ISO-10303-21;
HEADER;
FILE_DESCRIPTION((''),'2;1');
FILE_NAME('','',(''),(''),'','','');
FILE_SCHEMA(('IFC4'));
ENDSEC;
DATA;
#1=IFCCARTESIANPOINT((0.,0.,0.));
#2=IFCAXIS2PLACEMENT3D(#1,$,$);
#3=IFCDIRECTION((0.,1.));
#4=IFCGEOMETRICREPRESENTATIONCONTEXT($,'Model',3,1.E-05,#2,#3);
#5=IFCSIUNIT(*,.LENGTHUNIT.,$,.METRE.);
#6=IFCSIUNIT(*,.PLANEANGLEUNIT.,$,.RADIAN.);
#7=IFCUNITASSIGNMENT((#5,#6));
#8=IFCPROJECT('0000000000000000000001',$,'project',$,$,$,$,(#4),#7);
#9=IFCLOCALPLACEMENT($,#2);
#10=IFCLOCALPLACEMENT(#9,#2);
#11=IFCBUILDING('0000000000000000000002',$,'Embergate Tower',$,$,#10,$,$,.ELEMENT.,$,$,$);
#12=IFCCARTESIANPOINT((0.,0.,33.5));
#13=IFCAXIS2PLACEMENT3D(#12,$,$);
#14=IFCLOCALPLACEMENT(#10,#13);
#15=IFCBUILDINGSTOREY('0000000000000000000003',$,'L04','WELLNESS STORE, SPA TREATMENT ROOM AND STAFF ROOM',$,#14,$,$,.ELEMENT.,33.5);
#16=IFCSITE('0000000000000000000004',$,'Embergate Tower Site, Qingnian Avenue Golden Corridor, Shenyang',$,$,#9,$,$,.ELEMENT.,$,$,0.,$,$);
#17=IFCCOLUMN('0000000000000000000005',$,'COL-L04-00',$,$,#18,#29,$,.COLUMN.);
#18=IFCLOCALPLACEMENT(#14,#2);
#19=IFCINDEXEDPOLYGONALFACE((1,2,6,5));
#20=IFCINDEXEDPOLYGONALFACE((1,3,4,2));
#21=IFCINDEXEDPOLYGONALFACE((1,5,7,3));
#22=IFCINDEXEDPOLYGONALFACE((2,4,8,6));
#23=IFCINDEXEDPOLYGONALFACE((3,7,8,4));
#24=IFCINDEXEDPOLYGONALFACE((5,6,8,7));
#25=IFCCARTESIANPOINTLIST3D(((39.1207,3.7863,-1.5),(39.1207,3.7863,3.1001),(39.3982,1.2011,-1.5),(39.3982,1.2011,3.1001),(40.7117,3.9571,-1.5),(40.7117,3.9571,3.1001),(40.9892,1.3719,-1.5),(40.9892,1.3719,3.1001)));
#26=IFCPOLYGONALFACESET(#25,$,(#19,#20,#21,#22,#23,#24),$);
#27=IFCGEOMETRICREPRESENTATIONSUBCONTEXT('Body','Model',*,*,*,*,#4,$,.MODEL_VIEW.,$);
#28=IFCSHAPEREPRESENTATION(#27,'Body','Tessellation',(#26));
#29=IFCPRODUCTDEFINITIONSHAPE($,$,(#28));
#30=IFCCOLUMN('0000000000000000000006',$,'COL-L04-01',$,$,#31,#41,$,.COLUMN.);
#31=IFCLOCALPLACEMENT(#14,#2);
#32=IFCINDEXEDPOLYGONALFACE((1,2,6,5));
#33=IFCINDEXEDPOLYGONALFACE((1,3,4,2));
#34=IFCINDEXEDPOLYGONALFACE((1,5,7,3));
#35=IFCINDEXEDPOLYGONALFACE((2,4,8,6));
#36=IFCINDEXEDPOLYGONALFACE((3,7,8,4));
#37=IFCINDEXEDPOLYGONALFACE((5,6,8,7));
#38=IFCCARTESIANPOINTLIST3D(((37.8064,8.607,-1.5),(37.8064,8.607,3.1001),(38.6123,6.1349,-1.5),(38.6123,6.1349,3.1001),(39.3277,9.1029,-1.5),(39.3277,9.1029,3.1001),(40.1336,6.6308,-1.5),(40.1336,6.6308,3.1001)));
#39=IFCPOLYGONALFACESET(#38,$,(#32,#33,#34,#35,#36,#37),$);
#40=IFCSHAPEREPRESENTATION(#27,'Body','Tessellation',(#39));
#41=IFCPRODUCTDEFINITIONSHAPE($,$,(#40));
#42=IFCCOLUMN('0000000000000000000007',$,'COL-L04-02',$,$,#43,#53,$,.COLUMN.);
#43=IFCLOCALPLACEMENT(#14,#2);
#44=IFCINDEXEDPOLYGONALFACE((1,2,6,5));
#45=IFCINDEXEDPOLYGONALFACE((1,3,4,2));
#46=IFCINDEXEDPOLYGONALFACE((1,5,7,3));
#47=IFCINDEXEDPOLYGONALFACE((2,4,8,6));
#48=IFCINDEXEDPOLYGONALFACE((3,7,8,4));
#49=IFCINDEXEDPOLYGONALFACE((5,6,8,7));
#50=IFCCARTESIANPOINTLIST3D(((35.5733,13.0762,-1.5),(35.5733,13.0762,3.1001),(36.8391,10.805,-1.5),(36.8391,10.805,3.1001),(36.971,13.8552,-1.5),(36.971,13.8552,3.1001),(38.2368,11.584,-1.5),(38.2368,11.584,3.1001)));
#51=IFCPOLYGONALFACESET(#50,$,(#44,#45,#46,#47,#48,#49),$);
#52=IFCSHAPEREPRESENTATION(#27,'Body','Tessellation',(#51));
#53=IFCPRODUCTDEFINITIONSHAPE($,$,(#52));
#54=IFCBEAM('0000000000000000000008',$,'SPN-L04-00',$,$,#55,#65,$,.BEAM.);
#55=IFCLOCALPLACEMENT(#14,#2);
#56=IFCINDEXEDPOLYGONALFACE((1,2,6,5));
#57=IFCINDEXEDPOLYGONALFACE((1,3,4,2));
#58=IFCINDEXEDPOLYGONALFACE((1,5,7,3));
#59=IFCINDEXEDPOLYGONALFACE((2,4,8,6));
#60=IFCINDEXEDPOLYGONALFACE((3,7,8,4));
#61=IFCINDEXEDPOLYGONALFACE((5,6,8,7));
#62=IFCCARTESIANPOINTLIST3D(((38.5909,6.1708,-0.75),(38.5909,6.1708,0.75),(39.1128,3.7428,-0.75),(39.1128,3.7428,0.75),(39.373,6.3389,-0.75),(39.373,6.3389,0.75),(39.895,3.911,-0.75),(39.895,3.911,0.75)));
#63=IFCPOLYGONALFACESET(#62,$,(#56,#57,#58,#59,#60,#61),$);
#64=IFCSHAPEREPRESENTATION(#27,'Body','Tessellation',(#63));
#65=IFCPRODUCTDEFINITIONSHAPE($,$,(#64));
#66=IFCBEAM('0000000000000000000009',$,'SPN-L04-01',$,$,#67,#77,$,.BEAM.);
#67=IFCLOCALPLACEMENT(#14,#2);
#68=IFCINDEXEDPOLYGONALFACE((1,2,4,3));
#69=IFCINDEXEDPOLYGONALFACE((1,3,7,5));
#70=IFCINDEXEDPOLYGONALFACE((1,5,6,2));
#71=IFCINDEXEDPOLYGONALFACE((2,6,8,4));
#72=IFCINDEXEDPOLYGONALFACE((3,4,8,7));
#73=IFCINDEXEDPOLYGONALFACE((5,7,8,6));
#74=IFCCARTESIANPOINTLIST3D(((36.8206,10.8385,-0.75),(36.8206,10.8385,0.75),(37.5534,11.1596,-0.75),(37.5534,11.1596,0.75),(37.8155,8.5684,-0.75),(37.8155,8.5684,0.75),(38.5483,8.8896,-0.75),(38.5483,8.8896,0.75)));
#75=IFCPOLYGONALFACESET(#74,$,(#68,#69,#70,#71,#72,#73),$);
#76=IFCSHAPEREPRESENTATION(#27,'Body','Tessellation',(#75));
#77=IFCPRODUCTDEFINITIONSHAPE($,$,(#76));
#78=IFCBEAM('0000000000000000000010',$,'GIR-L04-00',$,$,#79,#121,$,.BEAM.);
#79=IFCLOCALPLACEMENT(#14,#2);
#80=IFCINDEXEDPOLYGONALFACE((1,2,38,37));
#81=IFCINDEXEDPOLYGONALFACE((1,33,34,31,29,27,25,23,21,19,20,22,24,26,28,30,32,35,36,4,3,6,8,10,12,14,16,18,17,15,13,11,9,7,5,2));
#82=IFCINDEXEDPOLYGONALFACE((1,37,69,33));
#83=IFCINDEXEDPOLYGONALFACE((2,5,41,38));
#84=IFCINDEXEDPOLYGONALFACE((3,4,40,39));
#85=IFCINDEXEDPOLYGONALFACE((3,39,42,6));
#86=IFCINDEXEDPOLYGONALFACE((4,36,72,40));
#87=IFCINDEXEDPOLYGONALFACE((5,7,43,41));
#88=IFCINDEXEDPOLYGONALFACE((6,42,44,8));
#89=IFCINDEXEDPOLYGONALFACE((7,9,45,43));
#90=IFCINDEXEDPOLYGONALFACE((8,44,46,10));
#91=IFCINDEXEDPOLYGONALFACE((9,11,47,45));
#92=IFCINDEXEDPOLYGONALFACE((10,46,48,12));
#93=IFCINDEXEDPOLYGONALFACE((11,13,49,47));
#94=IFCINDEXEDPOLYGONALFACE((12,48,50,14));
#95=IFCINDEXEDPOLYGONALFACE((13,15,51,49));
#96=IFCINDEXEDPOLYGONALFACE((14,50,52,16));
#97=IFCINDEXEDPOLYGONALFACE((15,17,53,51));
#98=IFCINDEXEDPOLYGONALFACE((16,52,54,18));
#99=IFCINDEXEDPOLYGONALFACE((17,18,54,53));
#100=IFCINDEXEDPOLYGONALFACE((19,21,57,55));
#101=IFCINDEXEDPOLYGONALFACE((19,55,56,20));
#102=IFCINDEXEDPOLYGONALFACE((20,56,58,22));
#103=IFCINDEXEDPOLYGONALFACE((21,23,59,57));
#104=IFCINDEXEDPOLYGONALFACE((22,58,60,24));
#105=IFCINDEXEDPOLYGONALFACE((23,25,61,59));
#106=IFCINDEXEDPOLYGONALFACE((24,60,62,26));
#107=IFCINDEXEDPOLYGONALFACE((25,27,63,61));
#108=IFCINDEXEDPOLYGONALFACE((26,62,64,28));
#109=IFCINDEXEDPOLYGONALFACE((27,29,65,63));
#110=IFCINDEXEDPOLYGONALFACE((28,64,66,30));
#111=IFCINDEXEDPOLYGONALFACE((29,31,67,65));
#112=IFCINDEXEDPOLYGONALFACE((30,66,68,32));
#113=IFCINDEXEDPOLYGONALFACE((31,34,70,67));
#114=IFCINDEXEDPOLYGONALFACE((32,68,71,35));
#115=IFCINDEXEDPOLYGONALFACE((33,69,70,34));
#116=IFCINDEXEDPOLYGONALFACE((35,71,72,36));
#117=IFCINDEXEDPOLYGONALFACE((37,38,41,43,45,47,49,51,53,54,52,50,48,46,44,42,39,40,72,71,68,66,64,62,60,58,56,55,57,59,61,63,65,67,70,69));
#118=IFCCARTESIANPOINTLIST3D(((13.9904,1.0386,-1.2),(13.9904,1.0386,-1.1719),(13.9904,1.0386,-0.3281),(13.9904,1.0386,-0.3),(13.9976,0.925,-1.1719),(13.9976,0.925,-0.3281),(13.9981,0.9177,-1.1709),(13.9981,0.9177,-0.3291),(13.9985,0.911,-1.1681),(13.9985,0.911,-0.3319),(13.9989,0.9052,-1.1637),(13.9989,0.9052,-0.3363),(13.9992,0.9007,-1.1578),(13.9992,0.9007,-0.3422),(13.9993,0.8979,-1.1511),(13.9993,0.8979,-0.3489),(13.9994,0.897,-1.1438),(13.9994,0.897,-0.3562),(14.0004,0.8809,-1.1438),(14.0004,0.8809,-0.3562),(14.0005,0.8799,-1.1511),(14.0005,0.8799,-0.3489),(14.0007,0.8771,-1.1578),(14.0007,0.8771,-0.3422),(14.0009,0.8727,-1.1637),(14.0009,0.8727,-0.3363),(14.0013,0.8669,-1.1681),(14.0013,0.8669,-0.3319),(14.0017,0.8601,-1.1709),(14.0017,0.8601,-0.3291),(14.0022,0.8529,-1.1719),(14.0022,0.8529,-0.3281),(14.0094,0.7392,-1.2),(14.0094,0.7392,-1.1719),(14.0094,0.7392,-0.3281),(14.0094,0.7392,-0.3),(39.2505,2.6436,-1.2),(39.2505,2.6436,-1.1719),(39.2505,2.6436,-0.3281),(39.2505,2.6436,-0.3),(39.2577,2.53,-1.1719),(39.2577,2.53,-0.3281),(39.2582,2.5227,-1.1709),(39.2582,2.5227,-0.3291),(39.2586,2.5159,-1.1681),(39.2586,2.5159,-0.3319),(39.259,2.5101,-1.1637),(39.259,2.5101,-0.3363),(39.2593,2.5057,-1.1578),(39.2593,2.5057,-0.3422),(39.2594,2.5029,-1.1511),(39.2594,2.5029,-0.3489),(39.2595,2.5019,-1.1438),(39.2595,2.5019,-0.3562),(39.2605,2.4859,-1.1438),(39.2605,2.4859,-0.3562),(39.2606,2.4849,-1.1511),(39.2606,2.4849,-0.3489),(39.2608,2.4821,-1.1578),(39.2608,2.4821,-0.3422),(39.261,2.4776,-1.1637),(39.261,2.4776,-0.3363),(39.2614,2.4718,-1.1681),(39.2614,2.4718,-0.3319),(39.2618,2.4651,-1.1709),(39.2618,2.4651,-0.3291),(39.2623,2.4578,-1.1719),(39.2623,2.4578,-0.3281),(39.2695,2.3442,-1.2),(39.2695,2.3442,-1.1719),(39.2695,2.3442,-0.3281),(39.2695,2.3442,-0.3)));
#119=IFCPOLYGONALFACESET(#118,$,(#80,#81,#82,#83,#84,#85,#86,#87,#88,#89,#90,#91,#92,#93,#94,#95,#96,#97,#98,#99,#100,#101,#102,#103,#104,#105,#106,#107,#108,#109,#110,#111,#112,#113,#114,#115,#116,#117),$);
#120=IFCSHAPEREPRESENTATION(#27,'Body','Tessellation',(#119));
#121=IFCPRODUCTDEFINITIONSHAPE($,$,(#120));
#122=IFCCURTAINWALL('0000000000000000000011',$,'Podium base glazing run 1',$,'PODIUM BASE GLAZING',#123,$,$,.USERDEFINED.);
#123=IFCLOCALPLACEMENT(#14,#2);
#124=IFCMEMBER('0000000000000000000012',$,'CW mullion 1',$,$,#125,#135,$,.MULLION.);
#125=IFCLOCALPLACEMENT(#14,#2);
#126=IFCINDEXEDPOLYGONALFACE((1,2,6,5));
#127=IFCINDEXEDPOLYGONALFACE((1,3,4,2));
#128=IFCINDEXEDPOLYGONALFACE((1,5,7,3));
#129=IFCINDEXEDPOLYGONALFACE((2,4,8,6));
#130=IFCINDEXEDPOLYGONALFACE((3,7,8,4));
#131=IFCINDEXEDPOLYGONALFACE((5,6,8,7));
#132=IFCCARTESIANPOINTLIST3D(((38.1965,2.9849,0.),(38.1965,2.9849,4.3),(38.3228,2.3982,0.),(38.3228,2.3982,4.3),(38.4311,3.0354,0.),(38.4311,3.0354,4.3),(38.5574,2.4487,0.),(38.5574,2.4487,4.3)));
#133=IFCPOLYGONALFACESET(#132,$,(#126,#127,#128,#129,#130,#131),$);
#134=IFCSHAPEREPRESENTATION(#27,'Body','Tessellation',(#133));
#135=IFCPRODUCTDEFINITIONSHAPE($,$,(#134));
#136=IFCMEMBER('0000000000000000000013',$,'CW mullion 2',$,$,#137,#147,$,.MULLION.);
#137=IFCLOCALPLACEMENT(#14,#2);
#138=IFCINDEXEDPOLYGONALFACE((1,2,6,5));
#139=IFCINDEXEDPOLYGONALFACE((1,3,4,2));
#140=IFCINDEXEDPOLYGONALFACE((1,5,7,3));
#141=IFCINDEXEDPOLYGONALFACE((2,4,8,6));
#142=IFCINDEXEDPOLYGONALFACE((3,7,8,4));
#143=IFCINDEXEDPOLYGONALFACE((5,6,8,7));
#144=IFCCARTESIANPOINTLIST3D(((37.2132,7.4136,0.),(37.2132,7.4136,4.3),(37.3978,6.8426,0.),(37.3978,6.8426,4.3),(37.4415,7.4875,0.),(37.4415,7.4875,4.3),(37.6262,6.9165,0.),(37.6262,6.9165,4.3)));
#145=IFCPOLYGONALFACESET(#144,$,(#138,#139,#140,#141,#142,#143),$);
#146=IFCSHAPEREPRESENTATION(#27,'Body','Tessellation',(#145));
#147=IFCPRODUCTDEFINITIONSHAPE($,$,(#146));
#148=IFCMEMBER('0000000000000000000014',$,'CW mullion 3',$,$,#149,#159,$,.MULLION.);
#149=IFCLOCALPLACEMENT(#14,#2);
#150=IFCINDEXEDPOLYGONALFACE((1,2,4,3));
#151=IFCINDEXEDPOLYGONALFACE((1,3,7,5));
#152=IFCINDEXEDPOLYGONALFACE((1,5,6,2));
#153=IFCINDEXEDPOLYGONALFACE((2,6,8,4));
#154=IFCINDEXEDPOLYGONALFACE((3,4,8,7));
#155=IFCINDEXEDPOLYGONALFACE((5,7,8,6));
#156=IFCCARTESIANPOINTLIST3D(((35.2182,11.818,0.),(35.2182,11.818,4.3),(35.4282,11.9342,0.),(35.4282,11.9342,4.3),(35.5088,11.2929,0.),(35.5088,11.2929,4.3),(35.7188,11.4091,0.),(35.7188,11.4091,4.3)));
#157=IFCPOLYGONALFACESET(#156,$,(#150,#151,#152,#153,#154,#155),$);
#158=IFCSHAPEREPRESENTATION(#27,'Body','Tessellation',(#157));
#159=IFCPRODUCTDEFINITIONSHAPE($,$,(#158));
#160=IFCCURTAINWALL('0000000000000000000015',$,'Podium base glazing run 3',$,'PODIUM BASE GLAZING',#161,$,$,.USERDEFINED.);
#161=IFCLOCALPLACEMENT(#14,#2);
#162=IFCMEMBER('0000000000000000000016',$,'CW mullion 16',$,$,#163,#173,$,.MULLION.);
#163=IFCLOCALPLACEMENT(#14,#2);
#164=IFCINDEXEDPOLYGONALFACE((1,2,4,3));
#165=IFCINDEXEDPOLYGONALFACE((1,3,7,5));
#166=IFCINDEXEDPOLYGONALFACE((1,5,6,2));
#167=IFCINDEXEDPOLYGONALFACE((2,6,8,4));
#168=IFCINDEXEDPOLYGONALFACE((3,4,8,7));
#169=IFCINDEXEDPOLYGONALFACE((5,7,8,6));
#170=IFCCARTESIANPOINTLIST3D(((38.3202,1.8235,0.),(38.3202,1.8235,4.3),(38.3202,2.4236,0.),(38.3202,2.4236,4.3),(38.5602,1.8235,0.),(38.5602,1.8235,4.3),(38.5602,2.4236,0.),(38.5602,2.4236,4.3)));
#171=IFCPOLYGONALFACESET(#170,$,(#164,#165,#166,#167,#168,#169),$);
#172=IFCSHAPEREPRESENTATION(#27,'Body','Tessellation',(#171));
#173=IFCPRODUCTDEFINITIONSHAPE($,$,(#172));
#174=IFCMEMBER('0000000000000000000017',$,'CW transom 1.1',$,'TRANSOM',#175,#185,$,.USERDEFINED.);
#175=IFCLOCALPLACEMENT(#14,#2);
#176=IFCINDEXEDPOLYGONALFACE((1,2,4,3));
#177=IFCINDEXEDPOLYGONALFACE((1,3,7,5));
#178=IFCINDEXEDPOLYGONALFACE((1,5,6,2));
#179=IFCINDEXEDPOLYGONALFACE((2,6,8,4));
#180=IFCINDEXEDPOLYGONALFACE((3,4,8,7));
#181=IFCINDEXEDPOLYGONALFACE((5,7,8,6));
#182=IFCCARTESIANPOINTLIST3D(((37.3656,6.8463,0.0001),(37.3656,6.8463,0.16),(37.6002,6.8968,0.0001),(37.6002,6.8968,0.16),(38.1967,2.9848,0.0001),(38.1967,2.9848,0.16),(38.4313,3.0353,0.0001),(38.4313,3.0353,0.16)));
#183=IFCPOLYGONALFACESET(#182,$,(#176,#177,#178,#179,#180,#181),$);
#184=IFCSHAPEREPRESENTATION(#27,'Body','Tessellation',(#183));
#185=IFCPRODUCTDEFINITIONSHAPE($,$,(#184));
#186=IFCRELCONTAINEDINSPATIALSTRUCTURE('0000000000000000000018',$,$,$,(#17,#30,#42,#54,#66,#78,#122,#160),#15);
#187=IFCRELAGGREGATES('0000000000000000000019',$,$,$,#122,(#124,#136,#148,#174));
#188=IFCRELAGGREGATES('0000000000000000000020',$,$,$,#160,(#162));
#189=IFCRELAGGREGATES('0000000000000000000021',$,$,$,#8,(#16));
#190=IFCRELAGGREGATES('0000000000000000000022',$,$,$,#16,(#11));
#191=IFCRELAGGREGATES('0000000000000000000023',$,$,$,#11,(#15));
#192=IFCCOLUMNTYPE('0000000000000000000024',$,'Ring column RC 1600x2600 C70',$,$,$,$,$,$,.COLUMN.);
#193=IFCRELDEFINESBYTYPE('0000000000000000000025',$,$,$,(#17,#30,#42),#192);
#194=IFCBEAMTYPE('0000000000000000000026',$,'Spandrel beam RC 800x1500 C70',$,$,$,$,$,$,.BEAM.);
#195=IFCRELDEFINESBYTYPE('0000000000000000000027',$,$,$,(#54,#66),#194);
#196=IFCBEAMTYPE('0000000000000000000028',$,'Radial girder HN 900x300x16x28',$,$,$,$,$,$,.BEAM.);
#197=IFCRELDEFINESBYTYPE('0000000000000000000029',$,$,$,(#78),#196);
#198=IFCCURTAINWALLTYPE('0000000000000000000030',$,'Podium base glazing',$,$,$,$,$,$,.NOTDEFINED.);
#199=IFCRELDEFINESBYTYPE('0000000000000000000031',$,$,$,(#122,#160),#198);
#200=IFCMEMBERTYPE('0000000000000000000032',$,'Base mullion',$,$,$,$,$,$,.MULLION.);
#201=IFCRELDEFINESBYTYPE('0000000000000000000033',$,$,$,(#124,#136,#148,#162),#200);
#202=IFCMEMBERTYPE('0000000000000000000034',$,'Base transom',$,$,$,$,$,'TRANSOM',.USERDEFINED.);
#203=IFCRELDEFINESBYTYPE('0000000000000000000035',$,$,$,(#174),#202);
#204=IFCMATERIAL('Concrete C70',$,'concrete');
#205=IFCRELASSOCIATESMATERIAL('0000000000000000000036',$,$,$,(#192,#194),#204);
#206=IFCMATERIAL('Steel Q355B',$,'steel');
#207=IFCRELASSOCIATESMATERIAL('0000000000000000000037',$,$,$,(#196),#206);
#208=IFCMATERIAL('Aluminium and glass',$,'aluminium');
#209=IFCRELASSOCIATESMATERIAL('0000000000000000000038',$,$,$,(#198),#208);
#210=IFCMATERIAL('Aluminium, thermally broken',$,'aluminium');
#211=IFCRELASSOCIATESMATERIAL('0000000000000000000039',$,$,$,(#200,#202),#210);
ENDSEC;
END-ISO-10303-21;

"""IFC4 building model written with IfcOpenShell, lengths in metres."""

from ifc_helpers import new_model, si_unit, direction, frame, origin, origin_2d, place, context, subcontext, project, spatial, rectangle, i_section, extrude, source, transform, mapped, material, material_profile, profile_set, type_object, element, aggregate, save


model = new_model("IFC4")

# Units and contexts
model_context = context("Model", 3, precision=1e-05, world=origin(), true_north=direction((0.0, 1.0)))
body_context = subcontext(model_context, "Body", "Model", "MODEL_VIEW")
ifc_project = project(units=[si_unit("LENGTHUNIT", "METRE"), si_unit("PLANEANGLEUNIT", "RADIAN")], contexts=[model_context])

# Site, building, storey
site_placement = place(None, origin())
site = spatial("IfcSite", under=ifc_project, at=site_placement, Name="Embergate Tower Site, Qingnian Avenue Golden Corridor, Shenyang", CompositionType="ELEMENT", RefElevation=0.0)
building_placement = place(site_placement, origin())
building = spatial("IfcBuilding", under=site, at=building_placement, Name="Embergate Tower", CompositionType="ELEMENT")
storey_placement = place(building_placement, frame((0.0, 0.0, 33.5)))
storey = spatial("IfcBuildingStorey", under=building, at=storey_placement, Name="L04", Description="WELLNESS STORE, SPA TREATMENT ROOM AND STAFF ROOM", CompositionType="ELEMENT", Elevation=33.5)

# Columns
ifc_material_1 = material(Name="Concrete C70", Category="concrete")
ifc_material_profile_1 = material_profile(ifc_material_1, rectangle(XDim=1.6001, YDim=2.6001, at=origin_2d()), Name="RC 1600x2600")
ifc_profile_set_1 = profile_set([ifc_material_profile_1], Name="Concrete C70")
column_type = type_object("IfcColumnType", Name="Ring column RC 1600x2600 C70", PredefinedType="COLUMN", material=ifc_profile_set_1)
shared_shape_1 = source(origin(), body_context, "Body", "SweptSolid", [
    extrude(rectangle(XDim=1.6001, YDim=2.6001, at=origin_2d()), origin(), (0.0, 0.0, 1.0), 4.6001),
])
for number, where, z_axis, x_axis, name in (
    (1, (40.0549, 2.5791, -1.5), (0.0, 0.0, 1.0), (0.994288, 0.106733, 0.0), "COL-L04-00"),
    (2, (38.97, 7.6189, -1.5), (0.0, 0.0, 1.0), (0.950754, 0.309946, 0.0), "COL-L04-01"),
    (3, (36.905, 12.3301, -1.5), (0.0, 0.0, 1.0), (0.8735, 0.486823, 0.0), "COL-L04-02"),
):
    element("IfcColumn", number, at=place(storey_placement, frame(where, z_axis=z_axis, x_axis=x_axis)), inside=storey, type_object=column_type, Name=name, PredefinedType="COLUMN", context=body_context, shape_type="MappedRepresentation", body=[
        mapped(shared_shape_1, transform((0.0, 0.0, 0.0))),
    ])

# Beams
ifc_material_profile_2 = material_profile(ifc_material_1, rectangle(XDim=0.8, YDim=1.5, at=origin_2d()), Name="RC 800x1500")
ifc_profile_set_2 = profile_set([ifc_material_profile_2], Name="Concrete C70")
beam_type_1 = type_object("IfcBeamType", Name="Spandrel beam RC 800x1500 C70", PredefinedType="BEAM", material=ifc_profile_set_2)
shared_shape_2 = source(origin(), body_context, "Body", "SweptSolid", [
    extrude(rectangle(XDim=0.8, YDim=1.5, at=origin_2d()), origin(), (0.0, 0.0, 1.0), 2.4834),
])
beam_1_placement = place(storey_placement, frame((39.5039, 3.8269, 0.0), z_axis=(-0.21018, 0.977663, 0.0), x_axis=(-0.977663, -0.21018, 0.0)))
element("IfcBeam", 4, at=beam_1_placement, inside=storey, type_object=beam_type_1, Name="SPN-L04-00", PredefinedType="BEAM", context=body_context, shape_type="MappedRepresentation", body=[
    mapped(shared_shape_2, transform((0.0, 0.0, 0.0))),
])
shared_shape_3 = source(origin(), body_context, "Body", "SweptSolid", [
    extrude(rectangle(XDim=0.8, YDim=1.5, at=origin_2d()), origin(), (0.0, 0.0, 1.0), 2.4785),
])
beam_2_placement = place(storey_placement, frame((38.1819, 8.729, 0.0), z_axis=(-0.401408, 0.915899, 0.0), x_axis=(-0.915899, -0.401408, 0.0)))
element("IfcBeam", 5, at=beam_2_placement, inside=storey, type_object=beam_type_1, Name="SPN-L04-01", PredefinedType="BEAM", context=body_context, shape_type="MappedRepresentation", body=[
    mapped(shared_shape_3, transform((0.0, 0.0, 0.0))),
])
ifc_material_2 = material(Name="Steel Q355B", Category="steel")
ifc_material_profile_3 = material_profile(ifc_material_2, i_section(OverallWidth=0.3, OverallDepth=0.8999, WebThickness=0.0161, FlangeThickness=0.0281, FilletRadius=0.0281, at=origin_2d()), Name="HN 900x300x16x28")
ifc_profile_set_3 = profile_set([ifc_material_profile_3], Name="Steel Q355 grade B")
beam_type_2 = type_object("IfcBeamType", Name="Radial girder HN 900x300x16x28", PredefinedType="BEAM", material=ifc_profile_set_3)
shared_shape_4 = source(origin(), body_context, "Body", "SweptSolid", [
    extrude(i_section(OverallWidth=0.3, OverallDepth=0.8999, WebThickness=0.0161, FlangeThickness=0.0281, FilletRadius=0.0281, at=origin_2d()), origin(), (0.0, 0.0, 1.0), 25.311),
])
beam_3_placement = place(storey_placement, frame((39.26, 2.4939, -0.75), z_axis=(-0.997988, -0.063411, 0.0), x_axis=(0.063411, -0.997988, 0.0)))
element("IfcBeam", 6, at=beam_3_placement, inside=storey, type_object=beam_type_2, Name="GIR-L04-00", PredefinedType="BEAM", context=body_context, shape_type="MappedRepresentation", body=[
    mapped(shared_shape_4, transform((0.0, 0.0, 0.0))),
])

# Curtain wall, members
ifc_material_3 = material(Name="Aluminium and glass", Category="aluminium")
curtain_wall_type = type_object("IfcCurtainWallType", Name="Podium base glazing", PredefinedType="NOTDEFINED", material=ifc_material_3)
curtain_wall_1_placement = place(storey_placement, origin())
curtain_wall_1 = element("IfcCurtainWall", 7, at=curtain_wall_1_placement, inside=storey, type_object=curtain_wall_type, Name="Podium base glazing run 1", ObjectType="PODIUM BASE GLAZING", PredefinedType="USERDEFINED")
ifc_material_4 = material(Name="Aluminium, thermally broken", Category="aluminium")
ifc_material_profile_4 = material_profile(ifc_material_4, rectangle(XDim=0.24, YDim=0.6001, at=origin_2d()), Name="AL 600x240")
ifc_profile_set_4 = profile_set([ifc_material_profile_4], Name="Aluminium, thermally broken")
member_type_1 = type_object("IfcMemberType", Name="Base mullion", PredefinedType="MULLION", material=ifc_profile_set_4)
shared_shape_5 = source(origin(), body_context, "Body", "SweptSolid", [
    extrude(rectangle(XDim=0.24, YDim=0.6001, at=origin_2d()), origin(), (0.0, 0.0, 1.0), 4.3),
])
member_1_placement = place(storey_placement, frame((38.377, 2.7168, 0.0), z_axis=(0.0, 0.0, 1.0), x_axis=(-0.977615, -0.2104, 0.0)))
member_1 = element("IfcMember", 8, at=member_1_placement, type_object=member_type_1, Name="CW mullion 1", PredefinedType="MULLION", context=body_context, shape_type="MappedRepresentation", body=[
    mapped(shared_shape_5, transform((0.0, 0.0, 0.0))),
])
member_2_placement = place(storey_placement, frame((37.4197, 7.165, 0.0), z_axis=(0.0, 0.0, 1.0), x_axis=(-0.951497, -0.307659, 0.0)))
member_2 = element("IfcMember", 9, at=member_2_placement, type_object=member_type_1, Name="CW mullion 2", PredefinedType="MULLION", context=body_context, shape_type="MappedRepresentation", body=[
    mapped(shared_shape_5, transform((0.0, 0.0, 0.0))),
])
member_3_placement = place(storey_placement, frame((35.4685, 11.6135, 0.0), z_axis=(0.0, 0.0, 1.0), x_axis=(-0.874999, -0.484124, 0.0)))
member_3 = element("IfcMember", 10, at=member_3_placement, type_object=member_type_1, Name="CW mullion 3", PredefinedType="MULLION", context=body_context, shape_type="MappedRepresentation", body=[
    mapped(shared_shape_5, transform((0.0, 0.0, 0.0))),
])

# Curtain wall, member
curtain_wall_2_placement = place(storey_placement, origin())
curtain_wall_2 = element("IfcCurtainWall", 11, at=curtain_wall_2_placement, inside=storey, type_object=curtain_wall_type, Name="Podium base glazing run 3", ObjectType="PODIUM BASE GLAZING", PredefinedType="USERDEFINED")
member_4_placement = place(storey_placement, frame((38.4402, 2.1235, 0.0), z_axis=(0.0, 0.0, 1.0), x_axis=(-1.0, 0.0, 0.0)))
member_4 = element("IfcMember", 12, at=member_4_placement, type_object=member_type_1, Name="CW mullion 16", PredefinedType="MULLION", context=body_context, shape_type="MappedRepresentation", body=[
    mapped(shared_shape_5, transform((0.0, 0.0, 0.0))),
])

# Member
ifc_material_profile_5 = material_profile(ifc_material_4, rectangle(XDim=0.24, YDim=0.1599, at=origin_2d()), Name="AL 160x240")
ifc_profile_set_5 = profile_set([ifc_material_profile_5], Name="Aluminium, thermally broken")
member_type_2 = type_object("IfcMemberType", Name="Base transom", ElementType="TRANSOM", PredefinedType="USERDEFINED", material=ifc_profile_set_5)
shared_shape_6 = source(origin(), body_context, "Body", "SweptSolid", [
    extrude(rectangle(XDim=0.24, YDim=0.1599, at=origin_2d()), origin(), (0.0, 0.0, 1.0), 3.95),
])
member_5_placement = place(storey_placement, frame((38.314, 3.01, 0.0801), z_axis=(-0.210394, 0.977617, 0.0), x_axis=(-0.977617, -0.210394, 0.0)))
member_5 = element("IfcMember", 13, at=member_5_placement, type_object=member_type_2, Name="CW transom 1.1", ObjectType="TRANSOM", PredefinedType="USERDEFINED", context=body_context, shape_type="MappedRepresentation", body=[
    mapped(shared_shape_6, transform((0.0, 0.0, 0.0))),
])

aggregate(curtain_wall_1, [member_1, member_2, member_3, member_5])
aggregate(curtain_wall_2, [member_4])

save(model, "model.ifc")
